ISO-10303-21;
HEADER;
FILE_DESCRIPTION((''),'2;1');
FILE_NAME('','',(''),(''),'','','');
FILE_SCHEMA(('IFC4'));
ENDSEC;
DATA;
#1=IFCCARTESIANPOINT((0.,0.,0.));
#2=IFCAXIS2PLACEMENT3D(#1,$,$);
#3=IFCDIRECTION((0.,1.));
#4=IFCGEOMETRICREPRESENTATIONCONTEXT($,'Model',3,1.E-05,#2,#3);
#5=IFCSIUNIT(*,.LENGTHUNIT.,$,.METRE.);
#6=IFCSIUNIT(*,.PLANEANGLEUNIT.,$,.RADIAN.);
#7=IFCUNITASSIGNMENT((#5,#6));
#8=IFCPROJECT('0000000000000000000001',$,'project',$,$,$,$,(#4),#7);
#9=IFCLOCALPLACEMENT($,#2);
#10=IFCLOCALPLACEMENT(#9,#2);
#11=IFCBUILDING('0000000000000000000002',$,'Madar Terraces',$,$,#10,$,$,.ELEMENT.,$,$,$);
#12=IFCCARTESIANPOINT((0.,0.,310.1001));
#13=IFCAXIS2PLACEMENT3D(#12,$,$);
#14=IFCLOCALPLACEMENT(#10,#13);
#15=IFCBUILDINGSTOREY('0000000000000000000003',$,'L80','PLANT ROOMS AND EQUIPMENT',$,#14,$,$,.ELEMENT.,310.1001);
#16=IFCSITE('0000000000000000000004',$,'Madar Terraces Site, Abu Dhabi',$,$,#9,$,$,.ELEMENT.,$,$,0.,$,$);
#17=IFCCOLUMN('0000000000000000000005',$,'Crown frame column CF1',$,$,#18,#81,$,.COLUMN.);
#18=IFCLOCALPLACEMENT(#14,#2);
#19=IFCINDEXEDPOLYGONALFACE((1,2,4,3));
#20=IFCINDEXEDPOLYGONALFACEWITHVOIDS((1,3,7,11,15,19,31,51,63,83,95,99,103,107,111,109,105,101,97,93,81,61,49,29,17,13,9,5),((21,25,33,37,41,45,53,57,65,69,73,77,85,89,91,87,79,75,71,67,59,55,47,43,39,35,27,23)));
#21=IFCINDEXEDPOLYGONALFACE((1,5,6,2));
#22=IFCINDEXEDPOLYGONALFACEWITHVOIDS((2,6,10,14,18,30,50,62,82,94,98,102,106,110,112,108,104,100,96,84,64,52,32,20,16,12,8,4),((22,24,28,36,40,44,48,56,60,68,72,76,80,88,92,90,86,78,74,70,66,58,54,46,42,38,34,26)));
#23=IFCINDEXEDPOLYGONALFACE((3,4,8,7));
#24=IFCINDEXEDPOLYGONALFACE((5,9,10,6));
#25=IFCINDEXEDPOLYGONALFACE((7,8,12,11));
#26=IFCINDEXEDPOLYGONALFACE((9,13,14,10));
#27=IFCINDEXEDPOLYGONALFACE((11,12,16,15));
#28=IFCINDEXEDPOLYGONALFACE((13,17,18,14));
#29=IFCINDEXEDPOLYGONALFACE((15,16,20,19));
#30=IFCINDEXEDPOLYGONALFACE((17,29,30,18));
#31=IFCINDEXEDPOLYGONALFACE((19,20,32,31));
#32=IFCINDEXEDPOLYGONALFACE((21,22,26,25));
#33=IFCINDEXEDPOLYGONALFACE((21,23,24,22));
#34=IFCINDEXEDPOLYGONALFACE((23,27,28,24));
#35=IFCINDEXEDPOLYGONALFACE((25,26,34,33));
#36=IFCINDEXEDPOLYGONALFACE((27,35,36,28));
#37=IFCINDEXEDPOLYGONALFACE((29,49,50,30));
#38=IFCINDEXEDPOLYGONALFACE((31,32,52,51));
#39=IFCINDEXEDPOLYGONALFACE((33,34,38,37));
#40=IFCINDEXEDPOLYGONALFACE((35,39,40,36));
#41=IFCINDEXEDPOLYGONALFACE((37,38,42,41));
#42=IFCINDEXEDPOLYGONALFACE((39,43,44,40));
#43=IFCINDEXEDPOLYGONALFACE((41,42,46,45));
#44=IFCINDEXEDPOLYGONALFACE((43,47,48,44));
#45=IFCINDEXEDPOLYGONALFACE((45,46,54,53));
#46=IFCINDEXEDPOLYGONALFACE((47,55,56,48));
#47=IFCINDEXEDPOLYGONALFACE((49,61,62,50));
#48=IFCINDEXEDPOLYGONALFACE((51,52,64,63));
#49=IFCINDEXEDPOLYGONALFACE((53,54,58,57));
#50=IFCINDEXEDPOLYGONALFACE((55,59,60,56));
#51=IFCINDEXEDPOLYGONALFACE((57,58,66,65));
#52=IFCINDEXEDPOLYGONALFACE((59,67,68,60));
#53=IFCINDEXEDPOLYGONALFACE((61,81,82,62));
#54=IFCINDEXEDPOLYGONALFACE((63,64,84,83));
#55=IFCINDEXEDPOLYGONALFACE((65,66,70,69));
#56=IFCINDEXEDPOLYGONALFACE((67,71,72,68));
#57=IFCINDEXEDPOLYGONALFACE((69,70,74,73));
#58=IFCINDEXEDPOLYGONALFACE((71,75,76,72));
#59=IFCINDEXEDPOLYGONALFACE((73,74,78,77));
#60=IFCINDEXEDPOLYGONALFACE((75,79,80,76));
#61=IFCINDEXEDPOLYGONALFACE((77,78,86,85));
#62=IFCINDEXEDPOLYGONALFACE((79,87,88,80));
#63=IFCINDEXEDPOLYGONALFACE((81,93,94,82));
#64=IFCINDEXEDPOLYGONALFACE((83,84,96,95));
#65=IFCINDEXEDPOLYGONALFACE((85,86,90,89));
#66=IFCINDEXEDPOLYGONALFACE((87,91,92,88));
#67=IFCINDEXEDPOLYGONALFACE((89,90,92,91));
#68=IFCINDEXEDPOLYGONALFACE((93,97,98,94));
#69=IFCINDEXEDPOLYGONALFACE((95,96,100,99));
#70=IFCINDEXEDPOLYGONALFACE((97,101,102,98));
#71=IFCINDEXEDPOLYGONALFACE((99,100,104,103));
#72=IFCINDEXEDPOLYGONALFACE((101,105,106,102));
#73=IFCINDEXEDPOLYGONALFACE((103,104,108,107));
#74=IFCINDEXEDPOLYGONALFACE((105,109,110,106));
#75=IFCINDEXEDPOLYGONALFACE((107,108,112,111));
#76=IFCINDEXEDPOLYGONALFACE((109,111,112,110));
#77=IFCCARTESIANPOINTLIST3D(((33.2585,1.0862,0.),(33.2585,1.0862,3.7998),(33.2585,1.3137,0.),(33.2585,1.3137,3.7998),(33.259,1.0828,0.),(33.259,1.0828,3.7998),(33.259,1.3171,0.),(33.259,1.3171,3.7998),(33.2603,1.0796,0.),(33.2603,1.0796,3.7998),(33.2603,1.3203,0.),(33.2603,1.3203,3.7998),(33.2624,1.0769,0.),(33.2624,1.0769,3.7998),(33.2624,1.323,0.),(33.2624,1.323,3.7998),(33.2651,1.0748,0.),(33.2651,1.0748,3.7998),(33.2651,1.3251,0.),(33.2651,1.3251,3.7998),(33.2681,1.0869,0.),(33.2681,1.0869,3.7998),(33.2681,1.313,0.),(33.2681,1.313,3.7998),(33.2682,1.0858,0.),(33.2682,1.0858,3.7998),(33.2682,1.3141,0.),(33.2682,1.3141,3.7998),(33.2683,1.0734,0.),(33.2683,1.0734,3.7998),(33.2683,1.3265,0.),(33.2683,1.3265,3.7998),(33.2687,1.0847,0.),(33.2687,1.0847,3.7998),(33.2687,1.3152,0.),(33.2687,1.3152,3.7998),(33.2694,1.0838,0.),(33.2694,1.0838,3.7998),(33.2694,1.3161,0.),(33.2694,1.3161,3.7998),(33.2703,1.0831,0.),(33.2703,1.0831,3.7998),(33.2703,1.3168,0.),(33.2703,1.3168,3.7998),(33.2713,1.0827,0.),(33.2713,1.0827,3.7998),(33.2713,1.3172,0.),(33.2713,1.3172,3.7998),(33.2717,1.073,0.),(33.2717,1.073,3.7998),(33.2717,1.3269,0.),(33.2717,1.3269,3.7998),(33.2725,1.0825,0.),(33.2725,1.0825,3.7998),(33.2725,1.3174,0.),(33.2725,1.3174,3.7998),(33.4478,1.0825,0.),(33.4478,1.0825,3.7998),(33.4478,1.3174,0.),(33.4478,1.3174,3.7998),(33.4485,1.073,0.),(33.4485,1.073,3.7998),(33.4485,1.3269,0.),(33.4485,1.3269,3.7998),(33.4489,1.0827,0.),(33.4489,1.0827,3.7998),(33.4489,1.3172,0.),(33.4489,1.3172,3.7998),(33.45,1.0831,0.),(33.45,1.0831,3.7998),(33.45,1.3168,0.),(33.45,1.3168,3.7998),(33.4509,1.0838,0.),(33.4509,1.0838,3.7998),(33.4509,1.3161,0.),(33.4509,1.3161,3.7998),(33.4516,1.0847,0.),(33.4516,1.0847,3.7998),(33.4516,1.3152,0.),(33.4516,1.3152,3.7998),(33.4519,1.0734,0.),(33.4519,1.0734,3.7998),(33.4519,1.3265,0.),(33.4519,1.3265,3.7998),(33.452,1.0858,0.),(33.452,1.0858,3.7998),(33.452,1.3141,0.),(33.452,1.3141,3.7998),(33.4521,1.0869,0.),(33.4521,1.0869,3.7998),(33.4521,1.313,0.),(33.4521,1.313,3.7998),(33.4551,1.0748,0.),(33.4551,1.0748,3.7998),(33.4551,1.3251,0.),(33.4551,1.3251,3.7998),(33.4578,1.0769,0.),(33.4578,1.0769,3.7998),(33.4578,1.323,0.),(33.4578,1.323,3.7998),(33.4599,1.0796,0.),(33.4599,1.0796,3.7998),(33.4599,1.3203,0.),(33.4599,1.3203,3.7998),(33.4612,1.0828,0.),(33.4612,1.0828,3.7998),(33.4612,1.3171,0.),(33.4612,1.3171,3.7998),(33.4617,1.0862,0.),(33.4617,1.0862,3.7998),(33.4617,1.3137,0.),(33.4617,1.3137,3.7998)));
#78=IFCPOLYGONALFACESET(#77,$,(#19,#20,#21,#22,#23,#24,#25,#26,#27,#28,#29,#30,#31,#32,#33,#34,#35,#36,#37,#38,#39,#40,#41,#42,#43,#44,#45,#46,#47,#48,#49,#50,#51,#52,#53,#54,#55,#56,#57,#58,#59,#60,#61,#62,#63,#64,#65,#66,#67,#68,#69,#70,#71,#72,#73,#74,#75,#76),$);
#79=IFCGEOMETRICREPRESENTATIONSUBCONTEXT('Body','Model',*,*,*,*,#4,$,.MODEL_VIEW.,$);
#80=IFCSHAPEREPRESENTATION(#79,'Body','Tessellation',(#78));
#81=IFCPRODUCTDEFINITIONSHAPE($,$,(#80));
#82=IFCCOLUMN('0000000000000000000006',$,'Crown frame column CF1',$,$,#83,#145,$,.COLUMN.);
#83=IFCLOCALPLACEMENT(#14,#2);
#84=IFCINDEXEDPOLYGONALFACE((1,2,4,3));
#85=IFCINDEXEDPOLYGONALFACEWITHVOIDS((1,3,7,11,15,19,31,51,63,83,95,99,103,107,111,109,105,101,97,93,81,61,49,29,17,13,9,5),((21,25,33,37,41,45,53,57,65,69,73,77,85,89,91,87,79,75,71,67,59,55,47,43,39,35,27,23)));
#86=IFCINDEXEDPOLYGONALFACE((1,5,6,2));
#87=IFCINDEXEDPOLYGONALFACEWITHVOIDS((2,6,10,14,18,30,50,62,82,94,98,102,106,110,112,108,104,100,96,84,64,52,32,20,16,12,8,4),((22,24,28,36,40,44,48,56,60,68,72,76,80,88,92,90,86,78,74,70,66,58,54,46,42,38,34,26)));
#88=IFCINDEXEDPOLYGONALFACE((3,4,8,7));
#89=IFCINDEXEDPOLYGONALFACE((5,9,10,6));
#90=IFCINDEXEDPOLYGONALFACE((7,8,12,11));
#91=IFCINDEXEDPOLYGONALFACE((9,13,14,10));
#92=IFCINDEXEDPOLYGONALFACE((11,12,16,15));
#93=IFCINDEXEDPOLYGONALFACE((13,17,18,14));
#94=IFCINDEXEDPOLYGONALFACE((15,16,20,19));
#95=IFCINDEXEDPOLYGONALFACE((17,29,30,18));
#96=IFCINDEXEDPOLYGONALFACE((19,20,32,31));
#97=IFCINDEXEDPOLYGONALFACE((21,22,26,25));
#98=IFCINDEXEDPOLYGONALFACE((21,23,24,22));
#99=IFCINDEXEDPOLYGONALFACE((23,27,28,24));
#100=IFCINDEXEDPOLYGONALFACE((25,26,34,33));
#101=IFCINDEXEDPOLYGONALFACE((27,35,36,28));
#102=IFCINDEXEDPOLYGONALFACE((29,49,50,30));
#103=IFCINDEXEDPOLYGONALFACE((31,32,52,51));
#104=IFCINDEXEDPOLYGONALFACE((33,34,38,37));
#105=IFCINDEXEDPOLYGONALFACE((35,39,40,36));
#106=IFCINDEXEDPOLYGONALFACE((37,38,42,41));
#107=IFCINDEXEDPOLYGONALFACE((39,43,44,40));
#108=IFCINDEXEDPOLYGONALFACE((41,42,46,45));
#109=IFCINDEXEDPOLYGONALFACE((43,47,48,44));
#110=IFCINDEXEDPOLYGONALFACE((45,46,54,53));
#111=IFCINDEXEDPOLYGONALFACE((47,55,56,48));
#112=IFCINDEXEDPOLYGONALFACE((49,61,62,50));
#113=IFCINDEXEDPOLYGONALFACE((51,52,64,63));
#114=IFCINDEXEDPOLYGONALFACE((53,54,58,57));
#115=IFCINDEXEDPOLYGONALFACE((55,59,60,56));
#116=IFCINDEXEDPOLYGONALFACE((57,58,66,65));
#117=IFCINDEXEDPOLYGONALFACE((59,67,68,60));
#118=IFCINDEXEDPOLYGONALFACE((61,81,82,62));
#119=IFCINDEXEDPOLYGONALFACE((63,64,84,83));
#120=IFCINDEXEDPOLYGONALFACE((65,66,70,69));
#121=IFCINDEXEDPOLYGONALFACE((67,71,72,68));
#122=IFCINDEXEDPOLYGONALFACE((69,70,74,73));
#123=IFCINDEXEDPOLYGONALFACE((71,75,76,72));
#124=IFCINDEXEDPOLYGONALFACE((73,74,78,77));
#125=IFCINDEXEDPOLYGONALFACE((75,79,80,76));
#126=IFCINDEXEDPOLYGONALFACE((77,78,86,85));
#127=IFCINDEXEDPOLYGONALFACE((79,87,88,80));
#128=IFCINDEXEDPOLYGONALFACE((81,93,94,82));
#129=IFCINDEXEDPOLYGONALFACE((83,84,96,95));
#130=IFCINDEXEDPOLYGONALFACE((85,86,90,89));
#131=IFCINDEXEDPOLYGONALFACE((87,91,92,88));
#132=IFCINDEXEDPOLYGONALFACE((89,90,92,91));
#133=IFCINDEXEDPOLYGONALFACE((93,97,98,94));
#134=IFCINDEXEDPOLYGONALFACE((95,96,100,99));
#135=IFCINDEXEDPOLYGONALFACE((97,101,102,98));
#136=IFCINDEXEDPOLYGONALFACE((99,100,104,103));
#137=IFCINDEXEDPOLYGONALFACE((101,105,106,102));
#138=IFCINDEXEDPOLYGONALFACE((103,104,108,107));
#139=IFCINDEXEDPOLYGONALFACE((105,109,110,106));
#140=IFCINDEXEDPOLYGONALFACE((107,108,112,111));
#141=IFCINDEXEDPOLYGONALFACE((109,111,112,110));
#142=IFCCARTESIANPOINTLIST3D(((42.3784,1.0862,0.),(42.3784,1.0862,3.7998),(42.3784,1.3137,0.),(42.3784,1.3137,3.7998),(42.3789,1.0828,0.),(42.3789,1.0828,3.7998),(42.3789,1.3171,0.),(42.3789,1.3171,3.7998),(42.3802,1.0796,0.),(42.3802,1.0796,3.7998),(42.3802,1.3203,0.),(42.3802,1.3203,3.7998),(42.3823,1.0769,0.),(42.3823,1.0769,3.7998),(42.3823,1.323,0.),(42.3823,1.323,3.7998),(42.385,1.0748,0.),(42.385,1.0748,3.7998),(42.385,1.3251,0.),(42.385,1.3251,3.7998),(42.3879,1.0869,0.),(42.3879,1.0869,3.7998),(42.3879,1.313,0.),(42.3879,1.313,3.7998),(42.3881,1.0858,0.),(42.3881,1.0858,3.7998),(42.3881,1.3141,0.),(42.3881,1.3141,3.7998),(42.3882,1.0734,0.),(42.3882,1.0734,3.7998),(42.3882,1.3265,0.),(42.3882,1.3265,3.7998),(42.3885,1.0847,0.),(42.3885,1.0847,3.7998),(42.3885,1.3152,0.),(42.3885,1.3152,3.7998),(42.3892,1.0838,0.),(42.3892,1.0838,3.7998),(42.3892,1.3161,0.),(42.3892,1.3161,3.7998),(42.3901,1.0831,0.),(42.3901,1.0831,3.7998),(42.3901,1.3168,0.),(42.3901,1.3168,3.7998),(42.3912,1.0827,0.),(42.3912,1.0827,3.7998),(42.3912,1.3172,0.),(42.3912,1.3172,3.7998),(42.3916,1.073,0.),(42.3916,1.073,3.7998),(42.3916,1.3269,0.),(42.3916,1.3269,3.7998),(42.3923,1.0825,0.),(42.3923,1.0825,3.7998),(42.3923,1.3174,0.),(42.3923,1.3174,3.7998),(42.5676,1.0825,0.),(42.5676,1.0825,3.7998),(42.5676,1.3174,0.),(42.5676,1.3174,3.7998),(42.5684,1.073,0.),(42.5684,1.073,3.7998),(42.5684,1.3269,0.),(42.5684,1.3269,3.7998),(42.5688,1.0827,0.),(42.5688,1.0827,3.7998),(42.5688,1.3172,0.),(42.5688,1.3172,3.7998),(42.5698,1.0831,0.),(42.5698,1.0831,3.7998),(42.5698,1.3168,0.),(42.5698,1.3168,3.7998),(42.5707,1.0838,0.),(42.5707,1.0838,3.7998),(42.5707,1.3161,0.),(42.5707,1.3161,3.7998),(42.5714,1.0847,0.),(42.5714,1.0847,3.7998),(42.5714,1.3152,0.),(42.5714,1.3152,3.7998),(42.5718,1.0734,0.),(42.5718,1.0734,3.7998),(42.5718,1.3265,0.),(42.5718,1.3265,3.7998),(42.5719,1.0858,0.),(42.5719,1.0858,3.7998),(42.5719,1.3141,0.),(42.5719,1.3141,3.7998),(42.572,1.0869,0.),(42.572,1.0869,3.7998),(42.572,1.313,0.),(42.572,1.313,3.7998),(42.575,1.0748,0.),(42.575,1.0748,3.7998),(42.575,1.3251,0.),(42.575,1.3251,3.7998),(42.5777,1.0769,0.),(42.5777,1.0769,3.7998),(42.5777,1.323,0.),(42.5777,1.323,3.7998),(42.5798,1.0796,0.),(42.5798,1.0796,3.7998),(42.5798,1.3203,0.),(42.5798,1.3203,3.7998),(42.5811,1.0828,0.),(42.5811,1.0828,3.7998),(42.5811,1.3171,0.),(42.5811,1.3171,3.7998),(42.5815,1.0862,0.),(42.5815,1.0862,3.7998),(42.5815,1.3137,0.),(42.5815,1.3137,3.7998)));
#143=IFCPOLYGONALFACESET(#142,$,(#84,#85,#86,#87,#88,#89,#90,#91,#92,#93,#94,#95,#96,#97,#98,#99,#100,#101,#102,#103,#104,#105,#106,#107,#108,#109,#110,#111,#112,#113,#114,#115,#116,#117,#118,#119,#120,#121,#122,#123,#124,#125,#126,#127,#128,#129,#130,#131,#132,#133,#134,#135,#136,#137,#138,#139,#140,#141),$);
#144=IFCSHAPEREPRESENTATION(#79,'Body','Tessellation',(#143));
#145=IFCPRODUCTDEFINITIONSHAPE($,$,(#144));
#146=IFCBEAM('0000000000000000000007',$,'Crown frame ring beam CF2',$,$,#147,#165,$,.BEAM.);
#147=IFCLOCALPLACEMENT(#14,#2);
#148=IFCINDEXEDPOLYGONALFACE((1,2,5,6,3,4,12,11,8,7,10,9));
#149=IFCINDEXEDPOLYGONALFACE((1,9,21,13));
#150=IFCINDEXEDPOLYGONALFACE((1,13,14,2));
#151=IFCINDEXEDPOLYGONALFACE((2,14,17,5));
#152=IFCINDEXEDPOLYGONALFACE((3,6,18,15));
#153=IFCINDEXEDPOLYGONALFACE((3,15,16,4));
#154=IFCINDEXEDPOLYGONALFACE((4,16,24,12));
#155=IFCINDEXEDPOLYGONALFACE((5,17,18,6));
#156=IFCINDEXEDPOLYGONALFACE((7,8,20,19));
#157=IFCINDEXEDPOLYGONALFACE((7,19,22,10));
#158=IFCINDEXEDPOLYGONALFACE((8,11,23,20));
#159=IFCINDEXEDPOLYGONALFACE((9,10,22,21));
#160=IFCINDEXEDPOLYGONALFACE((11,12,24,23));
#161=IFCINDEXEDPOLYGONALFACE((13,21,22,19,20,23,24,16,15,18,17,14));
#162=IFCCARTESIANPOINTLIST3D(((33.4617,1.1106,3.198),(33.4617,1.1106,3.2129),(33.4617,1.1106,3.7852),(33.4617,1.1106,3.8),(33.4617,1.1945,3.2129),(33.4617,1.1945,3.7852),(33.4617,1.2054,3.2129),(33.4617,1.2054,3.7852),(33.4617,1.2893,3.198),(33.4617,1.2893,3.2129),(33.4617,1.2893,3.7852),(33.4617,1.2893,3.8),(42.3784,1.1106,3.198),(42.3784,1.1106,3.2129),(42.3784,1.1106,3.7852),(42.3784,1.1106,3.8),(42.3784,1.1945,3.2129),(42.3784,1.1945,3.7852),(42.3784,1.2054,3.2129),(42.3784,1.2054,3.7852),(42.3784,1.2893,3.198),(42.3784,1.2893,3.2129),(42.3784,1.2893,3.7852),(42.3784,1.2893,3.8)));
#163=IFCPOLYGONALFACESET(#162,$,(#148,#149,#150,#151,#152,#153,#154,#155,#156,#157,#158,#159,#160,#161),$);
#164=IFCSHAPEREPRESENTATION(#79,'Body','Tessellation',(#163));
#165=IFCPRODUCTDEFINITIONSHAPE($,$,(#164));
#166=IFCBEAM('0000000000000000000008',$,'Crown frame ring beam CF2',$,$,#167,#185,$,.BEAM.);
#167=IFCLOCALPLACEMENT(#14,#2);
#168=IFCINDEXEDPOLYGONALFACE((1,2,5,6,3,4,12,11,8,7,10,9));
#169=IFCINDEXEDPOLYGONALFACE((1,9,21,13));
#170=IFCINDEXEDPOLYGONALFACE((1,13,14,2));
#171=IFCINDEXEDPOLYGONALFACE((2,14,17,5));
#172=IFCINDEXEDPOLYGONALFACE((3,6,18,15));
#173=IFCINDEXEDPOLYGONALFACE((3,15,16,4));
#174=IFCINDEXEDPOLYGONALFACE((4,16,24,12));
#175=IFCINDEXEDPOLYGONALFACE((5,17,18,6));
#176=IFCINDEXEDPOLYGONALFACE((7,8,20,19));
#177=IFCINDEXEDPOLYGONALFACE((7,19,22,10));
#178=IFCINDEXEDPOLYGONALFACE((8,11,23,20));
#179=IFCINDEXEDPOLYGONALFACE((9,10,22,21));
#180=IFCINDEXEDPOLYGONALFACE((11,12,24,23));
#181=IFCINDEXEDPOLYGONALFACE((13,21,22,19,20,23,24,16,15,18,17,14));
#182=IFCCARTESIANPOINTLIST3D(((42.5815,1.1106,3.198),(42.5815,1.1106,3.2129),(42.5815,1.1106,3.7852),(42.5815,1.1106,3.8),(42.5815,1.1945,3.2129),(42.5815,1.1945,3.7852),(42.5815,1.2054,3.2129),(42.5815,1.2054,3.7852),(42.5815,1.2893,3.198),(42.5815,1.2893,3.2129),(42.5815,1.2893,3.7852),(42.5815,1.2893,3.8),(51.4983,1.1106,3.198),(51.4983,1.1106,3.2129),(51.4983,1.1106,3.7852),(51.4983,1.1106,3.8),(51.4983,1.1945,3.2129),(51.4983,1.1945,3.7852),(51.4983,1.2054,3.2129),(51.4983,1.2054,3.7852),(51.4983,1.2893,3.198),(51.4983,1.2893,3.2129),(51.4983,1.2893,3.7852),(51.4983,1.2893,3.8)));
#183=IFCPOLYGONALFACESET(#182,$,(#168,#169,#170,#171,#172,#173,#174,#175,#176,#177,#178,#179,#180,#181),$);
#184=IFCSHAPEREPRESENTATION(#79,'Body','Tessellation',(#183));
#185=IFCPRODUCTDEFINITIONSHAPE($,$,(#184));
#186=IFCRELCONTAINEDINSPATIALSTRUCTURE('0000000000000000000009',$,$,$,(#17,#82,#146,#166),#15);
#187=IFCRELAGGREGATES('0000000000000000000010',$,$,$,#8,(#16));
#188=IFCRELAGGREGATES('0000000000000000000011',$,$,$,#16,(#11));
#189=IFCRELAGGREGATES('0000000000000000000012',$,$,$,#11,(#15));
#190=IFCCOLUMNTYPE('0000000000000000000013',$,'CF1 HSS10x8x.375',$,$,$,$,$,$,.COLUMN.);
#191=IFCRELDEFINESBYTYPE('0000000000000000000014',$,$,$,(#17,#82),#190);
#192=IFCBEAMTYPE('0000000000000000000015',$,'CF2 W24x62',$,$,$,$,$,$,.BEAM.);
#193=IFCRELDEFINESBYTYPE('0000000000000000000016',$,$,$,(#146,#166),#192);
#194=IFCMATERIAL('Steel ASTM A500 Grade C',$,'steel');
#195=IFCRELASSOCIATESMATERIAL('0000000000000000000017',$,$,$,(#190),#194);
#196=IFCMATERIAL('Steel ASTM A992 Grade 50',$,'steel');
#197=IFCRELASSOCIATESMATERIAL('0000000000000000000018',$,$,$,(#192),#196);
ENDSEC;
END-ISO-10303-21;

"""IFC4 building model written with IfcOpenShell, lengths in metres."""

from ifc_helpers import new_model, si_unit, direction, frame, origin, origin_2d, place, context, subcontext, project, spatial, hollow_rectangle, i_section, extrude, material, material_profile, profile_set, type_object, element, save


model = new_model("IFC4")

# Units and contexts
model_context = context("Model", 3, precision=1e-05, world=origin(), true_north=direction((0.0, 1.0)))
body_context = subcontext(model_context, "Body", "Model", "MODEL_VIEW")
ifc_project = project(units=[si_unit("LENGTHUNIT", "METRE"), si_unit("PLANEANGLEUNIT", "RADIAN")], contexts=[model_context])

# Site, building, storey
site_placement = place(None, origin())
site = spatial("IfcSite", under=ifc_project, at=site_placement, Name="Madar Terraces Site, Abu Dhabi", CompositionType="ELEMENT", RefElevation=0.0)
building_placement = place(site_placement, origin())
building = spatial("IfcBuilding", under=site, at=building_placement, Name="Madar Terraces", CompositionType="ELEMENT")
storey_placement = place(building_placement, frame((0.0, 0.0, 310.1001)))
storey = spatial("IfcBuildingStorey", under=building, at=storey_placement, Name="L80", Description="PLANT ROOMS AND EQUIPMENT", CompositionType="ELEMENT", Elevation=310.1001)

# Columns
ifc_material_1 = material(Name="Steel ASTM A500 Grade C", Category="steel")
ifc_material_profile_1 = material_profile(ifc_material_1, hollow_rectangle(XDim=0.2031, YDim=0.2539, WallThickness=0.0095, InnerFilletRadius=0.0044, OuterFilletRadius=0.0132, at=origin_2d()), Name="HSS10x8x.375")
ifc_profile_set_1 = profile_set([ifc_material_profile_1], Name="Steel ASTM A500 Grade C")
column_type = type_object("IfcColumnType", Name="CF1 HSS10x8x.375", PredefinedType="COLUMN", material=ifc_profile_set_1)
for number, where, z_axis, x_axis, name in (
    (1, (33.3601, 1.2, 0.0), (0.0, 0.0, 1.0), (1.0, 0.0, 0.0), "Crown frame column CF1"),
    (2, (42.48, 1.2, 0.0), (0.0, 0.0, 1.0), (1.0, 0.0, 0.0), "Crown frame column CF1"),
):
    element("IfcColumn", number, at=place(storey_placement, frame(where, z_axis=z_axis, x_axis=x_axis)), inside=storey, type_object=column_type, Name=name, PredefinedType="COLUMN", context=body_context, shape_type="SweptSolid", body=[
        extrude(hollow_rectangle(XDim=0.2031, YDim=0.2539, WallThickness=0.0095, InnerFilletRadius=0.0044, OuterFilletRadius=0.0132, at=origin_2d()), origin(), (0.0, 0.0, 1.0), 3.7998),
    ])

# Beams
ifc_material_2 = material(Name="Steel ASTM A992 Grade 50", Category="steel")
ifc_material_profile_2 = material_profile(ifc_material_2, i_section(OverallWidth=0.1787, OverallDepth=0.6021, WebThickness=0.011, FlangeThickness=0.0149, at=origin_2d()), Name="W24x62")
ifc_profile_set_2 = profile_set([ifc_material_profile_2], Name="Steel ASTM A992 Grade 50")
beam_type = type_object("IfcBeamType", Name="CF2 W24x62", PredefinedType="BEAM", material=ifc_profile_set_2)
for number, where, z_axis, x_axis, name in (
    (3, (33.4617, 1.2, 3.499), (1.0, 0.0, 0.0), (0.0, 1.0, 0.0), "Crown frame ring beam CF2"),
    (4, (42.5815, 1.2, 3.499), (1.0, 0.0, 0.0), (0.0, 1.0, 0.0), "Crown frame ring beam CF2"),
):
    element("IfcBeam", number, at=place(storey_placement, frame(where, z_axis=z_axis, x_axis=x_axis)), inside=storey, type_object=beam_type, Name=name, PredefinedType="BEAM", context=body_context, shape_type="SweptSolid", body=[
        extrude(i_section(OverallWidth=0.1787, OverallDepth=0.6021, WebThickness=0.011, FlangeThickness=0.0149, at=origin_2d()), origin(), (0.0, 0.0, 1.0), 8.9167),
    ])

save(model, "model.ifc")
